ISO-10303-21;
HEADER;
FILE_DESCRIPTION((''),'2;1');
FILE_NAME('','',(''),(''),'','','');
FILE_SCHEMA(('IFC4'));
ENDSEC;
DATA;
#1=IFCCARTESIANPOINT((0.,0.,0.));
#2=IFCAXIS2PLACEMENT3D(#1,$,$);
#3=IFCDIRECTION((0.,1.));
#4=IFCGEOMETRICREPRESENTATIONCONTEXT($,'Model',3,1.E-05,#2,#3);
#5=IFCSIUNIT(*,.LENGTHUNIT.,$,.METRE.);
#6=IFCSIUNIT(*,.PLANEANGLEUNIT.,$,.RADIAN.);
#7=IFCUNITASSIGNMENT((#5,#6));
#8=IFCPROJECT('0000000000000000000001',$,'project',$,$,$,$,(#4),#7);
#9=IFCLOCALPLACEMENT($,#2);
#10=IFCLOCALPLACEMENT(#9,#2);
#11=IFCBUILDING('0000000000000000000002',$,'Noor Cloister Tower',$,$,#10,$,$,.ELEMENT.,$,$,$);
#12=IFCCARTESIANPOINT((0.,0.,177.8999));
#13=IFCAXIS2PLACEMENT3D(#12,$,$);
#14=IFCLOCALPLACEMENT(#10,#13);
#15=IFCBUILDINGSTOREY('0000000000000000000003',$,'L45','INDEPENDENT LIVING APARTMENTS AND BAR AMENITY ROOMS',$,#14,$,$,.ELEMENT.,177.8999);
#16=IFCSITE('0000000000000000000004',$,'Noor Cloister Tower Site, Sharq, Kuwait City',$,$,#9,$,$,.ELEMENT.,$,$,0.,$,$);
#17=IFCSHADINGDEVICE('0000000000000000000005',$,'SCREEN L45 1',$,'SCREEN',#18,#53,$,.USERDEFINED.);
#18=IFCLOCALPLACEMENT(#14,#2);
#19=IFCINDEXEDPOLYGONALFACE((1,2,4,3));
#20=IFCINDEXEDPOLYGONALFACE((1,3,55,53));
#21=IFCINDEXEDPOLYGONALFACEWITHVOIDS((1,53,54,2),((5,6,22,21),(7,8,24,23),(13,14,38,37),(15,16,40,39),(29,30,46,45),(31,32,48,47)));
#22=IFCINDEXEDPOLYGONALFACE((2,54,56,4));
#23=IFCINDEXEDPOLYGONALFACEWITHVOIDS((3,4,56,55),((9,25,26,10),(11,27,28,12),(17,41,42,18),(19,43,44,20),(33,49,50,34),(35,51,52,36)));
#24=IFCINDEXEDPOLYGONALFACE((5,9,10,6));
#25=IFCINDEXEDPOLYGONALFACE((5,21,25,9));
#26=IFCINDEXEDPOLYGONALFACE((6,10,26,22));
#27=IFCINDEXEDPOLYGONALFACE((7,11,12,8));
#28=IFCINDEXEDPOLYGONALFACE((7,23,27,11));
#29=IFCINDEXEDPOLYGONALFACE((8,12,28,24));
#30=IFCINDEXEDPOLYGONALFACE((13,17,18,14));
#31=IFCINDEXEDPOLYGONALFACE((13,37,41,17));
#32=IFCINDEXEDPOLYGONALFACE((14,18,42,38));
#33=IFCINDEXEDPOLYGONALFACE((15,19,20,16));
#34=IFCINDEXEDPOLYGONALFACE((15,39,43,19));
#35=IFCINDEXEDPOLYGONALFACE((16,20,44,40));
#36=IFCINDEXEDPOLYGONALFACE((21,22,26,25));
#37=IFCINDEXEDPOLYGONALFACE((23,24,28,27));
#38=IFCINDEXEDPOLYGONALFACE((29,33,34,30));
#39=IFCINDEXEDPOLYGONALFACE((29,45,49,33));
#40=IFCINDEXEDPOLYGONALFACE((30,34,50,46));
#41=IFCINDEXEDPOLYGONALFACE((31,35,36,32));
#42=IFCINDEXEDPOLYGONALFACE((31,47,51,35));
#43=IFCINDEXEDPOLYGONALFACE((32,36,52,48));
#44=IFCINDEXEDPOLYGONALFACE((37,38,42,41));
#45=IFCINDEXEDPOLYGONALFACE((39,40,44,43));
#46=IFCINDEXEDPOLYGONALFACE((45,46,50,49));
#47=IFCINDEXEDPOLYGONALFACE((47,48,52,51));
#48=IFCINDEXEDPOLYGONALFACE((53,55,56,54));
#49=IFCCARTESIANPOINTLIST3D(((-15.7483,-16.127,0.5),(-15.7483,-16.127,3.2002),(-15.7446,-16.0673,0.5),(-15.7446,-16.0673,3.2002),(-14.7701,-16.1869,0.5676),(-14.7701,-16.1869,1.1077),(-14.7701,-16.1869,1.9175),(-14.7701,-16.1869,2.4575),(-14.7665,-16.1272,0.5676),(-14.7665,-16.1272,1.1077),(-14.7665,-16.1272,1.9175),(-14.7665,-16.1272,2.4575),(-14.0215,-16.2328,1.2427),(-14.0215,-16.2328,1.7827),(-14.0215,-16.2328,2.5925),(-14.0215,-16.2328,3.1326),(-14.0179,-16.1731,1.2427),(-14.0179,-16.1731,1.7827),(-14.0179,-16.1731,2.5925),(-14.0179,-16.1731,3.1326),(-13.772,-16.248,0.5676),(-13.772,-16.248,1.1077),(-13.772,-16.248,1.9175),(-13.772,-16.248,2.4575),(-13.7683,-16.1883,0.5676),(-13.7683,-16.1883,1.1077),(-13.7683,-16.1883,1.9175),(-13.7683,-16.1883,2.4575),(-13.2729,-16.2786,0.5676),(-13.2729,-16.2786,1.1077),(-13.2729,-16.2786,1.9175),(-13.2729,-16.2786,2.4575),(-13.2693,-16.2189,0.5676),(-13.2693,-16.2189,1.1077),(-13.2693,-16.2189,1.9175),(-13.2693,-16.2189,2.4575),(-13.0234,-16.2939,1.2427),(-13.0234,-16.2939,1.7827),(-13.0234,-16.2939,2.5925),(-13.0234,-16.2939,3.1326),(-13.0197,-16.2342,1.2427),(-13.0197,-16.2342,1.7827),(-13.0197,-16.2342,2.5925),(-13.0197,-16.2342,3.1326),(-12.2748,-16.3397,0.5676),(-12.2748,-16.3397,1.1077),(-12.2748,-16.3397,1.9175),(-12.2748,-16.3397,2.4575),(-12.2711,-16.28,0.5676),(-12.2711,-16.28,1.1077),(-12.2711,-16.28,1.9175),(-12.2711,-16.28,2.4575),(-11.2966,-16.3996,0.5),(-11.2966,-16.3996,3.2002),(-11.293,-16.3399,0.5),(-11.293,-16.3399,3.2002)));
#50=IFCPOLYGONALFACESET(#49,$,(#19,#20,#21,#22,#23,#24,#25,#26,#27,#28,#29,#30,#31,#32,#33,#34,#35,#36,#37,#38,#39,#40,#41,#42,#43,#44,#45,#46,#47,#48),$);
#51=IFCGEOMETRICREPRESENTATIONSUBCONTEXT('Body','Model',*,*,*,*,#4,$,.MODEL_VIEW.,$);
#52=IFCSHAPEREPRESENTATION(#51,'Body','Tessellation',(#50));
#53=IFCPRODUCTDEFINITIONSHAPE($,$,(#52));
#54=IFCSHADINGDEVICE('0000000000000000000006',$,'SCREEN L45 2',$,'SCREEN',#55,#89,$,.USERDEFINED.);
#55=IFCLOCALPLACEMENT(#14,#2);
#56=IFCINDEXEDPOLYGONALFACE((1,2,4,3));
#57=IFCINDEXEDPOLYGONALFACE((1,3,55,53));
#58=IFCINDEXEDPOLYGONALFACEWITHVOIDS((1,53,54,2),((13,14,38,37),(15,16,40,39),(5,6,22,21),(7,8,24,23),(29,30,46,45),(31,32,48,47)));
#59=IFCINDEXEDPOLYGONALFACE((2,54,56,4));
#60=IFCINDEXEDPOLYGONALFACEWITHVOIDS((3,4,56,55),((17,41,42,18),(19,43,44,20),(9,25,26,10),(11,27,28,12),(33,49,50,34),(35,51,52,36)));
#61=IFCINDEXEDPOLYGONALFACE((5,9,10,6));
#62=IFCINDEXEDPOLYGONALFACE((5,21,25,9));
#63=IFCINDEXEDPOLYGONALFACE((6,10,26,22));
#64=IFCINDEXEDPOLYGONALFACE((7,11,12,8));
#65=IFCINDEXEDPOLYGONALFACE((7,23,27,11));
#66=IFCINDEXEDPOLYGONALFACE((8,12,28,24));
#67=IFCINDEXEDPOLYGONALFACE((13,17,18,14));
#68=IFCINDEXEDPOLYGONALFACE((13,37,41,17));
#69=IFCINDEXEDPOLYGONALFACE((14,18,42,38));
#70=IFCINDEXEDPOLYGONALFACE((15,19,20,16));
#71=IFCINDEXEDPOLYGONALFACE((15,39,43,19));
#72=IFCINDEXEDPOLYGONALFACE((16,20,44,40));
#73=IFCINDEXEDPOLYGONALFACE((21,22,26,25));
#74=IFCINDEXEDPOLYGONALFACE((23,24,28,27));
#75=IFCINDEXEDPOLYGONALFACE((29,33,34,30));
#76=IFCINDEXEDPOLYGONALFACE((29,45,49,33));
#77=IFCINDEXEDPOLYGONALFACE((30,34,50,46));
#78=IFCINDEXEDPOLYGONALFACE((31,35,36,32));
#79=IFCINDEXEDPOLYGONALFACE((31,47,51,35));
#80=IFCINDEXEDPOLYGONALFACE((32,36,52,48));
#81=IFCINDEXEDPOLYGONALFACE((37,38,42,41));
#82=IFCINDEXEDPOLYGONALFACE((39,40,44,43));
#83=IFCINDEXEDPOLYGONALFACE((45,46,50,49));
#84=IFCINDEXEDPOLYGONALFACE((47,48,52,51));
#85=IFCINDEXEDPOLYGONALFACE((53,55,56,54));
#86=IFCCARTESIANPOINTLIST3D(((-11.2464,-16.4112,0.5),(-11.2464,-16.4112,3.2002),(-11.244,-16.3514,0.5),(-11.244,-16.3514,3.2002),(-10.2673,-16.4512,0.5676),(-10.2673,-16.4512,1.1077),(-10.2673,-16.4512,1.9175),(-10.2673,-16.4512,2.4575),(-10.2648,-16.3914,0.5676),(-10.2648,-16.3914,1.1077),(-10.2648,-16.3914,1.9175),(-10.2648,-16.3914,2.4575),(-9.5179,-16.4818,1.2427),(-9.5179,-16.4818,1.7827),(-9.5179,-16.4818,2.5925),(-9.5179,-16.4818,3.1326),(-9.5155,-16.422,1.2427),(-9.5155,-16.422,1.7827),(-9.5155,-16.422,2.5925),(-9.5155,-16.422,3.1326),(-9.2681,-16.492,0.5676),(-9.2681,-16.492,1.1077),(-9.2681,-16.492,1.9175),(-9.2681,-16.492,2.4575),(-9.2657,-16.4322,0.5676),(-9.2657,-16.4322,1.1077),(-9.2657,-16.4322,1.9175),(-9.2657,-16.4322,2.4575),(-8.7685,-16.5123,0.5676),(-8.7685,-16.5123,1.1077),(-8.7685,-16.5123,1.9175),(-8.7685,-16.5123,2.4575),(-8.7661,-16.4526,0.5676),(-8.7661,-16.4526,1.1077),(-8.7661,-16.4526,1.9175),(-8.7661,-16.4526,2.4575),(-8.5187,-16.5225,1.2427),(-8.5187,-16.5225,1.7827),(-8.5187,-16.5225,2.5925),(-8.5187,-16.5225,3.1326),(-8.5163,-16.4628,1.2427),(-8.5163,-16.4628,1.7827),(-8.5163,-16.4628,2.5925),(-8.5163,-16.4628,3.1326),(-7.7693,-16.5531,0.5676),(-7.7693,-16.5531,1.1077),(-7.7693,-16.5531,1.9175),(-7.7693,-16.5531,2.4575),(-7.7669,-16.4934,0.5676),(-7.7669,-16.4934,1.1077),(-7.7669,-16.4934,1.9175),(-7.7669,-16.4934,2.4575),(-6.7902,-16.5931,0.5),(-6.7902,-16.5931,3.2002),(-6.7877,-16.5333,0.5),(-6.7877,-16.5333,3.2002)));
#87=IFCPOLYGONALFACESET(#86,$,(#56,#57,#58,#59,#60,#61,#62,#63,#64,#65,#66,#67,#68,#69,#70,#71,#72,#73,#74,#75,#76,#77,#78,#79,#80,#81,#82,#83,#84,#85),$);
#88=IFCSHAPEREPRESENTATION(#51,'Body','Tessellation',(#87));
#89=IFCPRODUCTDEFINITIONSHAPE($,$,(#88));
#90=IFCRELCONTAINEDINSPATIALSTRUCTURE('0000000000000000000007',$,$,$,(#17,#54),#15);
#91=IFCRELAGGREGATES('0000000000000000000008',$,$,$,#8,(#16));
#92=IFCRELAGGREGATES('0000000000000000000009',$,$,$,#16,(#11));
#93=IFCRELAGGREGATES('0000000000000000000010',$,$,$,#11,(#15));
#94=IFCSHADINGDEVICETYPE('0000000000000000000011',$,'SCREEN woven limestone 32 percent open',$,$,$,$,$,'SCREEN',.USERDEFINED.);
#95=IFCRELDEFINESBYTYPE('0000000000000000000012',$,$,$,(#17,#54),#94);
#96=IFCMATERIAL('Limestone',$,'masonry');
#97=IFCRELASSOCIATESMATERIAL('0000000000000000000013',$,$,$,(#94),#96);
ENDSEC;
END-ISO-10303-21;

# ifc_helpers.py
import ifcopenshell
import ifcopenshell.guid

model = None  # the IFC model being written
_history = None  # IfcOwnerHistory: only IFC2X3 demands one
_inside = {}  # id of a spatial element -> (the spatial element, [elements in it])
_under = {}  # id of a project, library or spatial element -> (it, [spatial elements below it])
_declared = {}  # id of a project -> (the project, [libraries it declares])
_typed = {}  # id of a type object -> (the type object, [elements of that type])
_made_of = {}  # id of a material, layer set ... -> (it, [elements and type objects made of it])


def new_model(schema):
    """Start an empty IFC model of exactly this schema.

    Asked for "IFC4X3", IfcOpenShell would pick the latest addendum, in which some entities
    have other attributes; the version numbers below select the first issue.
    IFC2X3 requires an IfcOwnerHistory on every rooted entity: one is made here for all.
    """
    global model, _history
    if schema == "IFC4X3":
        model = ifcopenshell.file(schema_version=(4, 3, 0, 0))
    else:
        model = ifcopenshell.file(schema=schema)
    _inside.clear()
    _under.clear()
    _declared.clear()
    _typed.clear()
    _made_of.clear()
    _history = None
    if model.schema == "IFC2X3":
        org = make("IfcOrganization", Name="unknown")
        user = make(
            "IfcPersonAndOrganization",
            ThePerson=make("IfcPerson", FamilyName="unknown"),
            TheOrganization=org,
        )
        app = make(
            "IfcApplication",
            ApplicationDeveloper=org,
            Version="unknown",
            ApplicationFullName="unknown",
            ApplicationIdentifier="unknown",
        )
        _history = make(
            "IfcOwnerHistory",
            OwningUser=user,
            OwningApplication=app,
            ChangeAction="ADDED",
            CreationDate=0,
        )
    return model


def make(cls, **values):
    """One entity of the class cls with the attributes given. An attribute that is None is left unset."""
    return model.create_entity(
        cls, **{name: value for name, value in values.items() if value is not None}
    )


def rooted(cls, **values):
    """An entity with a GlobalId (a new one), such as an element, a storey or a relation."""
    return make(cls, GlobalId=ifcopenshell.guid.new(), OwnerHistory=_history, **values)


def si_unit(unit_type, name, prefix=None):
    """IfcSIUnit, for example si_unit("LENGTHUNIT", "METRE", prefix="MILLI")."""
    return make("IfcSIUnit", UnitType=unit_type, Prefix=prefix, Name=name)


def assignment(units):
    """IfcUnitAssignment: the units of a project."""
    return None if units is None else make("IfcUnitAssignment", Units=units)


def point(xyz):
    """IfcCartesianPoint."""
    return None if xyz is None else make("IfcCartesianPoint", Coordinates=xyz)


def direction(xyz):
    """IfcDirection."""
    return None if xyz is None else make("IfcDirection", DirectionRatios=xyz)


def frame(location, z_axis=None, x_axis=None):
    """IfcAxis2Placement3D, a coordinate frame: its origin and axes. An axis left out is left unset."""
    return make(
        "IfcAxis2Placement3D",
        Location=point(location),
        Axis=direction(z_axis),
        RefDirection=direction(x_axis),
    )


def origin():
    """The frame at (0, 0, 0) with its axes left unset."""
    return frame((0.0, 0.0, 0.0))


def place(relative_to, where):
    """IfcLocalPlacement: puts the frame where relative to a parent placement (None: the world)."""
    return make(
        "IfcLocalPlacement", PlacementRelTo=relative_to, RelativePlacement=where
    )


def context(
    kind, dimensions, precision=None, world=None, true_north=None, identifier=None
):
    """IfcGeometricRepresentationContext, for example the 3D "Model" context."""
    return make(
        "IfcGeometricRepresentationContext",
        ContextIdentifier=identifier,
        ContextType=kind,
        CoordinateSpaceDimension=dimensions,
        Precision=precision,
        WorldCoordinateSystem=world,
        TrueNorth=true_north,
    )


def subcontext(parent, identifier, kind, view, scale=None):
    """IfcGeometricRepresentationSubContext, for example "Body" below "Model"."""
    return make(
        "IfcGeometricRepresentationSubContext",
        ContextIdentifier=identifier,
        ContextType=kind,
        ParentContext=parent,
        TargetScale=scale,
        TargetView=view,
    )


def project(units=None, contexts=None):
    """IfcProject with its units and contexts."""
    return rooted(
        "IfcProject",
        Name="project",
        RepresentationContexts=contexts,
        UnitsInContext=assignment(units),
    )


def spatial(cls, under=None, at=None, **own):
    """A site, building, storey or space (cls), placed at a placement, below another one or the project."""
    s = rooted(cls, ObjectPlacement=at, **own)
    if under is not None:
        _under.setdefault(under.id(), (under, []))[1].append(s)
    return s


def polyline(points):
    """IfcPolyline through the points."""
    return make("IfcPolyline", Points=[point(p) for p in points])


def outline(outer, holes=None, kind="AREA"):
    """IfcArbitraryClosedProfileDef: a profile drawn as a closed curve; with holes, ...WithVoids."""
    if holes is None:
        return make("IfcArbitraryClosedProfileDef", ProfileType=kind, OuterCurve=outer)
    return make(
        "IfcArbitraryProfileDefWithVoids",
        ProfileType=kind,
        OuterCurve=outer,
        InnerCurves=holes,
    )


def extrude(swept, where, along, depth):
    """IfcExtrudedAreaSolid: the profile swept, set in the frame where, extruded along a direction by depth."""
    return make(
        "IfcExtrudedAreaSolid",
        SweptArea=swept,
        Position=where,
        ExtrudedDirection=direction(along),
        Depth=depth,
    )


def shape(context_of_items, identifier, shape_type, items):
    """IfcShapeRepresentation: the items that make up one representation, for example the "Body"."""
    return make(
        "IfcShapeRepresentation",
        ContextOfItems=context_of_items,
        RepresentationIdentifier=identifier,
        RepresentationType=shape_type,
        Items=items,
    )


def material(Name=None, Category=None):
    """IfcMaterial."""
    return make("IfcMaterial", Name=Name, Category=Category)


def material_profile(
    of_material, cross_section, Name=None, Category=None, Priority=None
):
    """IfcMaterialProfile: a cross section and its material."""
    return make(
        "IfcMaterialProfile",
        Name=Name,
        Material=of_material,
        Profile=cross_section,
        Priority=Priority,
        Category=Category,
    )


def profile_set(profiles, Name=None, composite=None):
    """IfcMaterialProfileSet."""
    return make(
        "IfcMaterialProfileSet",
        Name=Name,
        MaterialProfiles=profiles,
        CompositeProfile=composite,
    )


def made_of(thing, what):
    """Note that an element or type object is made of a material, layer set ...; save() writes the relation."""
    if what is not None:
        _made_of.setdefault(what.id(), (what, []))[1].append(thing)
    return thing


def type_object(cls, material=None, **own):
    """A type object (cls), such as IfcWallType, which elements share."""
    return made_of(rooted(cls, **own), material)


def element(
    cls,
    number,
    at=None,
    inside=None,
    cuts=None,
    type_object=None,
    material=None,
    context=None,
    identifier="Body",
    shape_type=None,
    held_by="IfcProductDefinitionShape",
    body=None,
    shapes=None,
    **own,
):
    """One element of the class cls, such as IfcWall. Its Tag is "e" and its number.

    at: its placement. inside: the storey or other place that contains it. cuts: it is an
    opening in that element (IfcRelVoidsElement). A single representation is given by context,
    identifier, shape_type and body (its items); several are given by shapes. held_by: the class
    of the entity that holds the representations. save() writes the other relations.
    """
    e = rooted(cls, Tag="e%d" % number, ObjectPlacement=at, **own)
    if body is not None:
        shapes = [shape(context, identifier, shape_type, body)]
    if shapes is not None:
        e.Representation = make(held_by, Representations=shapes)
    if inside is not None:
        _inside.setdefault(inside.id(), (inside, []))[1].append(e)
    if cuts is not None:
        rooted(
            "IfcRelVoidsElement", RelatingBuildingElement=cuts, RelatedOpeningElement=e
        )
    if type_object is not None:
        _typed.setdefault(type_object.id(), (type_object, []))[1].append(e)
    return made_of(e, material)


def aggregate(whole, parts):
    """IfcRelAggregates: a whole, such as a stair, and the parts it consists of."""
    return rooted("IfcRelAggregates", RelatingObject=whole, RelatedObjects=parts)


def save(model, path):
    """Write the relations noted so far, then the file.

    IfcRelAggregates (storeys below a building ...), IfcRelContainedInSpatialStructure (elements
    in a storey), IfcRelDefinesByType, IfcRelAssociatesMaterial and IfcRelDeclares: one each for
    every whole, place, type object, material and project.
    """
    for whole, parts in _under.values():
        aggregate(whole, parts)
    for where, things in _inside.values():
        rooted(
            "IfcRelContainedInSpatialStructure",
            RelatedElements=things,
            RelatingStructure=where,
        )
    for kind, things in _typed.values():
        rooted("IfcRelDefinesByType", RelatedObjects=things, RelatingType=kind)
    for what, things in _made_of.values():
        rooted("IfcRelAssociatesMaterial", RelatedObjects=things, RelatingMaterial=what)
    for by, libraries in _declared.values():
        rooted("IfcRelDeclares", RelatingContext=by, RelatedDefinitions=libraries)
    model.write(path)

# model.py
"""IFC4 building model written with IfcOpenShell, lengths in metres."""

from ifc_helpers import new_model, si_unit, direction, frame, origin, place, context, subcontext, project, spatial, polyline, outline, extrude, material, material_profile, profile_set, type_object, element, save


model = new_model("IFC4")

# Units and contexts
model_context = context("Model", 3, precision=1e-05, world=origin(), true_north=direction((0.0, 1.0)))
body_context = subcontext(model_context, "Body", "Model", "MODEL_VIEW")
ifc_project = project(units=[si_unit("LENGTHUNIT", "METRE"), si_unit("PLANEANGLEUNIT", "RADIAN")], contexts=[model_context])

# Site, building, storey
site_placement = place(None, origin())
site = spatial("IfcSite", under=ifc_project, at=site_placement, Name="Noor Cloister Tower Site, Sharq, Kuwait City", CompositionType="ELEMENT", RefElevation=0.0)
building_placement = place(site_placement, origin())
building = spatial("IfcBuilding", under=site, at=building_placement, Name="Noor Cloister Tower", CompositionType="ELEMENT")
storey_placement = place(building_placement, frame((0.0, 0.0, 177.8999)))
storey = spatial("IfcBuildingStorey", under=building, at=storey_placement, Name="L45", Description="INDEPENDENT LIVING APARTMENTS AND BAR AMENITY ROOMS", CompositionType="ELEMENT", Elevation=177.8999)

# Shading devices
ifc_material_1 = material(Name="Limestone", Category="masonry")
ifc_material_profile_1 = material_profile(ifc_material_1, outline(polyline([(-2.23, -1.3501), (2.23, -1.3501), (2.23, 1.3501), (-2.23, 1.3501), (-2.23, -1.3501)]), holes=[polyline([(-1.25, -1.2825), (-0.25, -1.2825), (-0.25, -0.7424), (-1.25, -0.7424), (-1.25, -1.2825)]), polyline([(0.25, -1.2825), (1.25, -1.2825), (1.25, -0.7424), (0.25, -0.7424), (0.25, -1.2825)]), polyline([(-0.5, -0.6074), (0.5, -0.6074), (0.5, -0.0674), (-0.5, -0.0674), (-0.5, -0.6074)]), polyline([(-1.25, 0.0674), (-0.25, 0.0674), (-0.25, 0.6074), (-1.25, 0.6074), (-1.25, 0.0674)]), polyline([(0.25, 0.0674), (1.25, 0.0674), (1.25, 0.6074), (0.25, 0.6074), (0.25, 0.0674)]), polyline([(-0.5, 0.7424), (0.5, 0.7424), (0.5, 1.2825), (-0.5, 1.2825), (-0.5, 0.7424)])]), Name="Woven screen 32 percent open")
ifc_profile_set_1 = profile_set([ifc_material_profile_1], Name="Limestone")
shading_device_type = type_object("IfcShadingDeviceType", Name="SCREEN woven limestone 32 percent open", ElementType="SCREEN", PredefinedType="USERDEFINED", material=ifc_profile_set_1)
for number, where, z_axis, x_axis, name in (
    (1, (-13.5188, -16.2036, 1.8501), (-0.06111, -0.998131, 0.0), (0.998131, -0.06111, 0.0), "SCREEN L45 1"),
    (2, (-9.0159, -16.4424, 1.8501), (-0.040782, -0.999168, 0.0), (0.999168, -0.040782, 0.0), "SCREEN L45 2"),
):
    element("IfcShadingDevice", number, at=place(storey_placement, frame(where, z_axis=z_axis, x_axis=x_axis)), inside=storey, type_object=shading_device_type, Name=name, ObjectType="SCREEN", PredefinedType="USERDEFINED", context=body_context, shape_type="SweptSolid", body=[
        extrude(outline(polyline([(-2.23, -1.3501), (2.23, -1.3501), (2.23, 1.3501), (-2.23, 1.3501), (-2.23, -1.3501)]), holes=[polyline([(-1.25, -1.2825), (-0.25, -1.2825), (-0.25, -0.7424), (-1.25, -0.7424), (-1.25, -1.2825)]), polyline([(0.25, -1.2825), (1.25, -1.2825), (1.25, -0.7424), (0.25, -0.7424), (0.25, -1.2825)]), polyline([(-0.5, -0.6074), (0.5, -0.6074), (0.5, -0.0674), (-0.5, -0.0674), (-0.5, -0.6074)]), polyline([(-1.25, 0.0674), (-0.25, 0.0674), (-0.25, 0.6074), (-1.25, 0.6074), (-1.25, 0.0674)]), polyline([(0.25, 0.0674), (1.25, 0.0674), (1.25, 0.6074), (0.25, 0.6074), (0.25, 0.0674)]), polyline([(-0.5, 0.7424), (0.5, 0.7424), (0.5, 1.2825), (-0.5, 1.2825), (-0.5, 0.7424)])]), origin(), (0.0, 0.0, 1.0), 0.0598),
    ])

save(model, "model.ifc")
